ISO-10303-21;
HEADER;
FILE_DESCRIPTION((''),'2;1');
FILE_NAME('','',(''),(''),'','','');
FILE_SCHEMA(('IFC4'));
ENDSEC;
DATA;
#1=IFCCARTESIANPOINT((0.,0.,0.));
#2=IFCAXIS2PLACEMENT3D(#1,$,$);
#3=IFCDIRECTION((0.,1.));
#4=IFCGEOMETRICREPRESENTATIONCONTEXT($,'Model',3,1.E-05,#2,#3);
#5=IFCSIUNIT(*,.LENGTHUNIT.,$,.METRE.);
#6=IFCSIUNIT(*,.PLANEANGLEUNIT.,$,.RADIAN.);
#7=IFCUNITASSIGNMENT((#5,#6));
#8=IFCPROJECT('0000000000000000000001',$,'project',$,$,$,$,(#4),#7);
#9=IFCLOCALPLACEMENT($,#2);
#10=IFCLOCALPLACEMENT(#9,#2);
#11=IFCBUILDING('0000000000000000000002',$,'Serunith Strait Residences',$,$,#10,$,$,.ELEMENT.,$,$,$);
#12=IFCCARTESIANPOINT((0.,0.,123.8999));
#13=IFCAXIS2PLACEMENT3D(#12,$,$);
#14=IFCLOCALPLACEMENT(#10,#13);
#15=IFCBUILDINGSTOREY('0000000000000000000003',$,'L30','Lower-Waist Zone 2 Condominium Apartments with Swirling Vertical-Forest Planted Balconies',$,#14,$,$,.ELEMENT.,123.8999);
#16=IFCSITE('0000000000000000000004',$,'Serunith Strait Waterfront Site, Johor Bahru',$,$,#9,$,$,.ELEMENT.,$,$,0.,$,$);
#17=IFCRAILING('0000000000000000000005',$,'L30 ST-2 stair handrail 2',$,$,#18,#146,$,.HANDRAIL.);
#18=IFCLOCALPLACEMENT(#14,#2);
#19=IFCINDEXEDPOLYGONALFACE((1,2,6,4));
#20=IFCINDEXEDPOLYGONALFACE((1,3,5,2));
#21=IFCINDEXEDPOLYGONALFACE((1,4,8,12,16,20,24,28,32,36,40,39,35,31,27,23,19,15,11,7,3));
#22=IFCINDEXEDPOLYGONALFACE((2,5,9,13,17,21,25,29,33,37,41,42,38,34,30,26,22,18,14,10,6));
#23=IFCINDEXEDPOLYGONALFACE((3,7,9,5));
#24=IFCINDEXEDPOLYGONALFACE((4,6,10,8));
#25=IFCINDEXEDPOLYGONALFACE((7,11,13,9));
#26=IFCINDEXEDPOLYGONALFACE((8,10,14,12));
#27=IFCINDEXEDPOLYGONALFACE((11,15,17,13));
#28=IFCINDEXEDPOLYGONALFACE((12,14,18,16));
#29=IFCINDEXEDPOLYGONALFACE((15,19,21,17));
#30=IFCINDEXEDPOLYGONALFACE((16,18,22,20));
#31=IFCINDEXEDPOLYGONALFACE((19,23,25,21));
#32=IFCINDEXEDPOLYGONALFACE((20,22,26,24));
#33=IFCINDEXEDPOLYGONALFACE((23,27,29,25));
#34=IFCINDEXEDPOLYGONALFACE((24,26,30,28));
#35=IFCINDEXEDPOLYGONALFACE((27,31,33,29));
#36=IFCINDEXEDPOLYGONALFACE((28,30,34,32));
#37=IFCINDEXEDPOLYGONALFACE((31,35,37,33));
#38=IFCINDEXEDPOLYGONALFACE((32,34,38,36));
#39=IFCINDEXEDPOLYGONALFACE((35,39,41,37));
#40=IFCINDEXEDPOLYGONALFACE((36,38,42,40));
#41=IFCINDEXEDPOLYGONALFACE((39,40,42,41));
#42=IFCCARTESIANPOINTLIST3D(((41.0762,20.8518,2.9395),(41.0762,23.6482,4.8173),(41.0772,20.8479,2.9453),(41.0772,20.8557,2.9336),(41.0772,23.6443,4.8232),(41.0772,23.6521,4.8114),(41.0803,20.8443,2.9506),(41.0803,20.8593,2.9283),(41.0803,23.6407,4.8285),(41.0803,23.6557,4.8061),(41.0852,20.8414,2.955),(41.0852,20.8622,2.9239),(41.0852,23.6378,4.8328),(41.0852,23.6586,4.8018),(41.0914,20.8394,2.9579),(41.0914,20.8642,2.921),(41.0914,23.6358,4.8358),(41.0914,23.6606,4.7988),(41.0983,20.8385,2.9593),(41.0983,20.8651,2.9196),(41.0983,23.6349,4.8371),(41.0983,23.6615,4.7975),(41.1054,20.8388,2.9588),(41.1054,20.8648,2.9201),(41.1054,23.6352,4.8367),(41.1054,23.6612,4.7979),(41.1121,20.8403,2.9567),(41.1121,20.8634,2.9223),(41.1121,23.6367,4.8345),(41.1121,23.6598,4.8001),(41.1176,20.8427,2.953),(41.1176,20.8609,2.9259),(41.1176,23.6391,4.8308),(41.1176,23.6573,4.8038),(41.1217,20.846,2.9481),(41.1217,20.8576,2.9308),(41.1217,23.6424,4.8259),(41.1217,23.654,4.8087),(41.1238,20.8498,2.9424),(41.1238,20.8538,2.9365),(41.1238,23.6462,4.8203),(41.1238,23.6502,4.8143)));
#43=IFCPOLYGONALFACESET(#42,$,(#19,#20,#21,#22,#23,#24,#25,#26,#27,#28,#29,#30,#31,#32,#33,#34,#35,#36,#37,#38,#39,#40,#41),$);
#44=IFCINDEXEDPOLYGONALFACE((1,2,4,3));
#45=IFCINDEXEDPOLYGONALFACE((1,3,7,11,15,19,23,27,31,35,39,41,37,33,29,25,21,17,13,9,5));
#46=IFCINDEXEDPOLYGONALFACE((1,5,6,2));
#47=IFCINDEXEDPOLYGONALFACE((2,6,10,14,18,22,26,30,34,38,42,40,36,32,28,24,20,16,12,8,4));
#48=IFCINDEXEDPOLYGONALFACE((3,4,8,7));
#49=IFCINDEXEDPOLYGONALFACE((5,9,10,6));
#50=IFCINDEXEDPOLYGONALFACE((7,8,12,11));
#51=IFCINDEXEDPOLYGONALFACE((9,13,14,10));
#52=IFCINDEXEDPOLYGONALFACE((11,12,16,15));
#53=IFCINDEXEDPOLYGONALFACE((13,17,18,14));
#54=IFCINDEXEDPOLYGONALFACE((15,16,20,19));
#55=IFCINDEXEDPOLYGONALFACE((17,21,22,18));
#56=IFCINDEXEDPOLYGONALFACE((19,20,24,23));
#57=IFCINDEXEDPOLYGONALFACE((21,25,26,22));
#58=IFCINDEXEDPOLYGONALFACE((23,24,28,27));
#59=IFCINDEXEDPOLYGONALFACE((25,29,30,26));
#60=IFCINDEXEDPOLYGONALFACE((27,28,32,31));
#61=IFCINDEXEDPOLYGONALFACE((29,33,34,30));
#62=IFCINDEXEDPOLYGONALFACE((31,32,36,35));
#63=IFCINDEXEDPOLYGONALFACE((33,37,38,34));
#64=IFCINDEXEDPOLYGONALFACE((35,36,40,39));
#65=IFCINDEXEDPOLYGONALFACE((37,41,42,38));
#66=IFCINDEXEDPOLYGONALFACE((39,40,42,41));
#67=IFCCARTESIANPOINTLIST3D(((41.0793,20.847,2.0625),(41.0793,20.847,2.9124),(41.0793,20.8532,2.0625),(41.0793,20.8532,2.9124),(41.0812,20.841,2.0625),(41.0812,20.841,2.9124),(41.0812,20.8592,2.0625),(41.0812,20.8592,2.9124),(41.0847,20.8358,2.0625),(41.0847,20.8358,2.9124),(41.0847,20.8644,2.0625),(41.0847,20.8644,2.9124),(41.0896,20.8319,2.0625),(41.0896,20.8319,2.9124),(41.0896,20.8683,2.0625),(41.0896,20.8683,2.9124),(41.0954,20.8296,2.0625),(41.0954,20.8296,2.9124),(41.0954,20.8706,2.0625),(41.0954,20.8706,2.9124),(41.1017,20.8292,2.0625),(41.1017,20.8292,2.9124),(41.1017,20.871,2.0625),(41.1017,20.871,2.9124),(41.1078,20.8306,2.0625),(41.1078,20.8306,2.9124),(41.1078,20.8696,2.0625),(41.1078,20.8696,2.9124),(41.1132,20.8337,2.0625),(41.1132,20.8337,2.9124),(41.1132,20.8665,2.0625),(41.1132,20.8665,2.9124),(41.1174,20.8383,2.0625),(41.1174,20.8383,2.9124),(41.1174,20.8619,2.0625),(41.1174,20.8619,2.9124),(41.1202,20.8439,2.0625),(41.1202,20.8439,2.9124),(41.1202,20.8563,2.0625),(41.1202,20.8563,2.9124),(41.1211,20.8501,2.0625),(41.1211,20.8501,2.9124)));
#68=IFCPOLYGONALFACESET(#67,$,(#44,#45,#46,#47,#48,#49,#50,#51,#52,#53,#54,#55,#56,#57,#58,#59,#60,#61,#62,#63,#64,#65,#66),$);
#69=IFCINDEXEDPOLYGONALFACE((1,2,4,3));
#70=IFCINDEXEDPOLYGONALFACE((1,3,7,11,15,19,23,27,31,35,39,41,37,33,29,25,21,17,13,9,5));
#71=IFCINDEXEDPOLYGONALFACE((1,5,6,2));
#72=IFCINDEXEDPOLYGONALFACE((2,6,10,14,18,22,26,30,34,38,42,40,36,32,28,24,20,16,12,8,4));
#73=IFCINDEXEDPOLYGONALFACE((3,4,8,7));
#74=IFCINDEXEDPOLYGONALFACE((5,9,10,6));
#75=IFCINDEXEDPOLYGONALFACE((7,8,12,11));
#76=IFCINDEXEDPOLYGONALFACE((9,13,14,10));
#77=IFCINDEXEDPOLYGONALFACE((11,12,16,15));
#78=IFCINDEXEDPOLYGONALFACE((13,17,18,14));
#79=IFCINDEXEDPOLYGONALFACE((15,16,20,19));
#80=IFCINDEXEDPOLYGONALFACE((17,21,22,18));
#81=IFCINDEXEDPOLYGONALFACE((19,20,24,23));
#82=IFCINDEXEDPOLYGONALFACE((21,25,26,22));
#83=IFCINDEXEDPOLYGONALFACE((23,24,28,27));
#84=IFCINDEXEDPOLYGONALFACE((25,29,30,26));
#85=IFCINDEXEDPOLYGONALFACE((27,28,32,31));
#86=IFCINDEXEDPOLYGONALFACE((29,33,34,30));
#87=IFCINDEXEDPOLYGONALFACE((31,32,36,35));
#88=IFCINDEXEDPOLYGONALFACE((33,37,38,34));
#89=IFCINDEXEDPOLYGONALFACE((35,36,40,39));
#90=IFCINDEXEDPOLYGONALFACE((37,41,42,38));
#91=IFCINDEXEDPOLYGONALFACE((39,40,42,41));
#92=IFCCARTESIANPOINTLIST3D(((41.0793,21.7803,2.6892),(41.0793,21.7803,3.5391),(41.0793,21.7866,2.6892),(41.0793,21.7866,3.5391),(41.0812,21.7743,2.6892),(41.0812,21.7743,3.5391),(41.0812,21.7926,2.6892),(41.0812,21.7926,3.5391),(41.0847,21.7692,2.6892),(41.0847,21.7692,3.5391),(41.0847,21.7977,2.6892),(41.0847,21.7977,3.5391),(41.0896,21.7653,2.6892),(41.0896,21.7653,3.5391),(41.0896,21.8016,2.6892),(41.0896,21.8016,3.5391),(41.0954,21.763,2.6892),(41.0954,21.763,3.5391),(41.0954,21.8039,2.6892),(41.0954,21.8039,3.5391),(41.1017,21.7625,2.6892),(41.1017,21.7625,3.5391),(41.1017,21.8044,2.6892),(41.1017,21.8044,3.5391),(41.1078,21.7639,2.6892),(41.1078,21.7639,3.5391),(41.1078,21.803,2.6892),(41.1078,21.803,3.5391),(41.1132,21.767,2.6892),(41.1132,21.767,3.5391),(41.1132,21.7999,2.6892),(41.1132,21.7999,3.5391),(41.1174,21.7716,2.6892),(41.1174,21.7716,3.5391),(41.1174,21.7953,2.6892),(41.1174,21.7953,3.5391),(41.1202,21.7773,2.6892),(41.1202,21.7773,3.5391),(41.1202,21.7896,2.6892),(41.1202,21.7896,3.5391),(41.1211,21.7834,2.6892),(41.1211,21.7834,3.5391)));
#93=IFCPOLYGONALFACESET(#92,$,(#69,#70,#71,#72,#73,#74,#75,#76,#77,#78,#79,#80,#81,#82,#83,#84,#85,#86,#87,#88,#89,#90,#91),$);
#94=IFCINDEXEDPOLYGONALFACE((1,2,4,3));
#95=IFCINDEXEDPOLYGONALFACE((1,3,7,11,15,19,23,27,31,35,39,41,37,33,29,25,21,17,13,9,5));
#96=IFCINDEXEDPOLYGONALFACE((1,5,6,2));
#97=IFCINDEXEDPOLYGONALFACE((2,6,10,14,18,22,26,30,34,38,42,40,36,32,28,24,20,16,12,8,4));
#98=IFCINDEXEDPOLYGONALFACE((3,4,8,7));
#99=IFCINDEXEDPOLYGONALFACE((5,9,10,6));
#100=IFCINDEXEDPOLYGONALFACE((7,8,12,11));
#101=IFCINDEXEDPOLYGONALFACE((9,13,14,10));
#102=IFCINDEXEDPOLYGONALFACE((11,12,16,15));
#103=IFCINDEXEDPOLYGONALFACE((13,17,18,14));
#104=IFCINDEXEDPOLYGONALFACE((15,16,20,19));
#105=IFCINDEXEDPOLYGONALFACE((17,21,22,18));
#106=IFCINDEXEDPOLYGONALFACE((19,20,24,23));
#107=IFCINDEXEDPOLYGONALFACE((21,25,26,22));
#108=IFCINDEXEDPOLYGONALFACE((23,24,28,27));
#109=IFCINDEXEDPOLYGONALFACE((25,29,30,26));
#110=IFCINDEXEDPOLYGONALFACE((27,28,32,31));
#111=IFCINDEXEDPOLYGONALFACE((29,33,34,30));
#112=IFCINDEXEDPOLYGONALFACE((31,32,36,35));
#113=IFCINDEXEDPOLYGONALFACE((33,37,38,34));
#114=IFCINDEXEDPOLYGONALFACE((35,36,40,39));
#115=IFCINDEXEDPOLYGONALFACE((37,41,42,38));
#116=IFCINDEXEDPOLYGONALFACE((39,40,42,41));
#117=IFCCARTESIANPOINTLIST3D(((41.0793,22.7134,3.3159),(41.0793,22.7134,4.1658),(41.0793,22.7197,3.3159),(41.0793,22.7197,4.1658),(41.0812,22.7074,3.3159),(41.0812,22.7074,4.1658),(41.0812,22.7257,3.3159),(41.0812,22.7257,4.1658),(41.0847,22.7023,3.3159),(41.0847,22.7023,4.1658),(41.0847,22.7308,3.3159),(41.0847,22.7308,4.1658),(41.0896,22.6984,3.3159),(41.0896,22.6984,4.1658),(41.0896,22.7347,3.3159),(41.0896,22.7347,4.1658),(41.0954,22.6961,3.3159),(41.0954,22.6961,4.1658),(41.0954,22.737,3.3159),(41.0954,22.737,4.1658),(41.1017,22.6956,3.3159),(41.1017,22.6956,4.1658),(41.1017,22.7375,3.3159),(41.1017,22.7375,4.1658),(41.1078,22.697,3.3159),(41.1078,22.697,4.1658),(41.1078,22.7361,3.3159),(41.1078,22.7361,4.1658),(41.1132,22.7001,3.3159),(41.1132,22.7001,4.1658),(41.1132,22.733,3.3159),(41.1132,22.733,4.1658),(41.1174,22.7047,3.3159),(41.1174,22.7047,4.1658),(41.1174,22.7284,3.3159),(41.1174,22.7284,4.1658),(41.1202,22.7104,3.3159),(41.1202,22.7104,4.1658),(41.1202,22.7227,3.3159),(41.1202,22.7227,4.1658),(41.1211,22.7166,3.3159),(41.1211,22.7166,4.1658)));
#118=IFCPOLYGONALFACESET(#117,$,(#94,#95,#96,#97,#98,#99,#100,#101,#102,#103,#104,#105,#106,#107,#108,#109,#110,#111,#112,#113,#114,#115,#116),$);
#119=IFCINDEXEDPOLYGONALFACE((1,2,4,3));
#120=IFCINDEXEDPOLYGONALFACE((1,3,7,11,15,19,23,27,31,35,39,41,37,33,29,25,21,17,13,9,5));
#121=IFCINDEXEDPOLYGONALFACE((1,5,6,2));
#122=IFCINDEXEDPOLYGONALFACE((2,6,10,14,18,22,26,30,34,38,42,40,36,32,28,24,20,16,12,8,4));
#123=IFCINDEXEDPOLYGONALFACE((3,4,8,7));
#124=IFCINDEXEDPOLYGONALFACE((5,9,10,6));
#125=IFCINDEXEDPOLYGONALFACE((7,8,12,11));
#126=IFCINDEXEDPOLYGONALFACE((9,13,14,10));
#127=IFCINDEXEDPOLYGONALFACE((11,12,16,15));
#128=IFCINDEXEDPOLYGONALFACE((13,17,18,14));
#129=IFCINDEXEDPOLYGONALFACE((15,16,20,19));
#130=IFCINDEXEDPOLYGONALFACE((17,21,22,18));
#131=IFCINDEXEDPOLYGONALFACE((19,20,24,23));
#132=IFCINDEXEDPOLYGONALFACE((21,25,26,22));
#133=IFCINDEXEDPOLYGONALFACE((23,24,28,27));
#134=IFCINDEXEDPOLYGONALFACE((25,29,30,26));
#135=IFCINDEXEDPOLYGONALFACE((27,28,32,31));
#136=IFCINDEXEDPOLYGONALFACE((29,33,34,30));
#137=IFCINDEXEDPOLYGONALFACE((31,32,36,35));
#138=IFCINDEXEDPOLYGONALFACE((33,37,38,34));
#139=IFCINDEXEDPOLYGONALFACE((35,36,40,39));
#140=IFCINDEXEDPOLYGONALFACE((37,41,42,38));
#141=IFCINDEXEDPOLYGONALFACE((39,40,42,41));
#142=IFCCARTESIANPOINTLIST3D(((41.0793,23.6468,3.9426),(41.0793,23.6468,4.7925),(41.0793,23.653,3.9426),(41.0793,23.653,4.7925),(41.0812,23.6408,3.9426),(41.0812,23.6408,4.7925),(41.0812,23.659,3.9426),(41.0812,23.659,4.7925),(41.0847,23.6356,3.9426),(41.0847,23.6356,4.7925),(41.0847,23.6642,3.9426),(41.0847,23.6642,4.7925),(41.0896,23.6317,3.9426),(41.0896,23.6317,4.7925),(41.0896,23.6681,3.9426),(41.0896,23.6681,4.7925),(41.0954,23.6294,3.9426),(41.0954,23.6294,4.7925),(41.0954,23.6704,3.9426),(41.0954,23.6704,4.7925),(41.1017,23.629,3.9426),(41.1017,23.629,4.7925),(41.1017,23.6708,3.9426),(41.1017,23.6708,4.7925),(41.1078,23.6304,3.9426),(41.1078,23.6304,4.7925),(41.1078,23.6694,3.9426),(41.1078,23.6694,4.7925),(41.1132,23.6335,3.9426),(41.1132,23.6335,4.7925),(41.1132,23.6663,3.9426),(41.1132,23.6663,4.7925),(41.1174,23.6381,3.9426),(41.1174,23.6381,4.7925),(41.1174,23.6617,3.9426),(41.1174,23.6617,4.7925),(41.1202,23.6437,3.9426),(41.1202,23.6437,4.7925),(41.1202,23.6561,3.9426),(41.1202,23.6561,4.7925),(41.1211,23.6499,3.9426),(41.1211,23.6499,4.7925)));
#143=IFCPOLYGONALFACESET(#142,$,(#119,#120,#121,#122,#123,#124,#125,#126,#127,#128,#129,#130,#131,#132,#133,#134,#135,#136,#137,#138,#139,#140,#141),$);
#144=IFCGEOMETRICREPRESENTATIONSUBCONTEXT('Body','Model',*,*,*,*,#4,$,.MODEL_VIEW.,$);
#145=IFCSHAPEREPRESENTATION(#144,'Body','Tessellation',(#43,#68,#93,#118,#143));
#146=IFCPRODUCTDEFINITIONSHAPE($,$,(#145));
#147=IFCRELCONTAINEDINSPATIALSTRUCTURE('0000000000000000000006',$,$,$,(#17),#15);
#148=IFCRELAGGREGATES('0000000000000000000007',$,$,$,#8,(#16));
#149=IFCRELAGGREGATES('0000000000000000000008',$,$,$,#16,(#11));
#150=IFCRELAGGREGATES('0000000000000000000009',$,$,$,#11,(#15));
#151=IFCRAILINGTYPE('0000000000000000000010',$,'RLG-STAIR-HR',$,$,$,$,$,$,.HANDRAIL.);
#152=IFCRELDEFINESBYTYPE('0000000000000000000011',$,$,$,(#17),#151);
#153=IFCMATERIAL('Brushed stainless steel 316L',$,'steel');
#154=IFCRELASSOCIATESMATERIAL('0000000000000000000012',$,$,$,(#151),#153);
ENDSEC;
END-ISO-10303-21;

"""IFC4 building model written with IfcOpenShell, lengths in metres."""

from ifc_helpers import new_model, si_unit, direction, frame, origin, origin_2d, place, context, subcontext, project, spatial, circle, extrude, material, type_object, element, save


model = new_model("IFC4")

# Units and contexts
model_context = context("Model", 3, precision=1e-05, world=origin(), true_north=direction((0.0, 1.0)))
body_context = subcontext(model_context, "Body", "Model", "MODEL_VIEW")
ifc_project = project(units=[si_unit("LENGTHUNIT", "METRE"), si_unit("PLANEANGLEUNIT", "RADIAN")], contexts=[model_context])

# Site, building, storey
site_placement = place(None, origin())
site = spatial("IfcSite", under=ifc_project, at=site_placement, Name="Serunith Strait Waterfront Site, Johor Bahru", CompositionType="ELEMENT", RefElevation=0.0)
building_placement = place(site_placement, origin())
building = spatial("IfcBuilding", under=site, at=building_placement, Name="Serunith Strait Residences", CompositionType="ELEMENT")
storey_placement = place(building_placement, frame((0.0, 0.0, 123.8999)))
storey = spatial("IfcBuildingStorey", under=building, at=storey_placement, Name="L30", Description="Lower-Waist Zone 2 Condominium Apartments with Swirling Vertical-Forest Planted Balconies", CompositionType="ELEMENT", Elevation=123.8999)

# Railing
ifc_material_1 = material(Name="Brushed stainless steel 316L", Category="steel")
railing_type_1 = type_object("IfcRailingType", Name="RLG-STAIR-HR", PredefinedType="HANDRAIL", material=ifc_material_1)
railing_1_placement = place(storey_placement, frame((41.1001, 20.8501, 2.0625)))
element("IfcRailing", 1, at=railing_1_placement, inside=storey, type_object=railing_type_1, Name="L30 ST-2 stair handrail 2", PredefinedType="HANDRAIL", context=body_context, shape_type="SweptSolid", body=[
    extrude(circle(Radius=0.0239, at=origin_2d()), frame((0.0, 0.0017, 0.877), z_axis=(0.0, 0.830186, 0.557487), x_axis=(-1.0, 0.0, 0.0)), (0.0, 0.0, 1.0), 3.3684),
    extrude(circle(Radius=0.021, at=origin_2d()), origin(), (0.0, 0.0, 1.0), 0.8499),
    extrude(circle(Radius=0.021, at=origin_2d()), frame((0.0, 0.9333, 0.6267)), (0.0, 0.0, 1.0), 0.8499),
    extrude(circle(Radius=0.021, at=origin_2d()), frame((0.0, 1.8665, 1.2534)), (0.0, 0.0, 1.0), 0.8499),
    extrude(circle(Radius=0.021, at=origin_2d()), frame((0.0, 2.7998, 1.8801)), (0.0, 0.0, 1.0), 0.8499),
])

save(model, "model.ifc")
